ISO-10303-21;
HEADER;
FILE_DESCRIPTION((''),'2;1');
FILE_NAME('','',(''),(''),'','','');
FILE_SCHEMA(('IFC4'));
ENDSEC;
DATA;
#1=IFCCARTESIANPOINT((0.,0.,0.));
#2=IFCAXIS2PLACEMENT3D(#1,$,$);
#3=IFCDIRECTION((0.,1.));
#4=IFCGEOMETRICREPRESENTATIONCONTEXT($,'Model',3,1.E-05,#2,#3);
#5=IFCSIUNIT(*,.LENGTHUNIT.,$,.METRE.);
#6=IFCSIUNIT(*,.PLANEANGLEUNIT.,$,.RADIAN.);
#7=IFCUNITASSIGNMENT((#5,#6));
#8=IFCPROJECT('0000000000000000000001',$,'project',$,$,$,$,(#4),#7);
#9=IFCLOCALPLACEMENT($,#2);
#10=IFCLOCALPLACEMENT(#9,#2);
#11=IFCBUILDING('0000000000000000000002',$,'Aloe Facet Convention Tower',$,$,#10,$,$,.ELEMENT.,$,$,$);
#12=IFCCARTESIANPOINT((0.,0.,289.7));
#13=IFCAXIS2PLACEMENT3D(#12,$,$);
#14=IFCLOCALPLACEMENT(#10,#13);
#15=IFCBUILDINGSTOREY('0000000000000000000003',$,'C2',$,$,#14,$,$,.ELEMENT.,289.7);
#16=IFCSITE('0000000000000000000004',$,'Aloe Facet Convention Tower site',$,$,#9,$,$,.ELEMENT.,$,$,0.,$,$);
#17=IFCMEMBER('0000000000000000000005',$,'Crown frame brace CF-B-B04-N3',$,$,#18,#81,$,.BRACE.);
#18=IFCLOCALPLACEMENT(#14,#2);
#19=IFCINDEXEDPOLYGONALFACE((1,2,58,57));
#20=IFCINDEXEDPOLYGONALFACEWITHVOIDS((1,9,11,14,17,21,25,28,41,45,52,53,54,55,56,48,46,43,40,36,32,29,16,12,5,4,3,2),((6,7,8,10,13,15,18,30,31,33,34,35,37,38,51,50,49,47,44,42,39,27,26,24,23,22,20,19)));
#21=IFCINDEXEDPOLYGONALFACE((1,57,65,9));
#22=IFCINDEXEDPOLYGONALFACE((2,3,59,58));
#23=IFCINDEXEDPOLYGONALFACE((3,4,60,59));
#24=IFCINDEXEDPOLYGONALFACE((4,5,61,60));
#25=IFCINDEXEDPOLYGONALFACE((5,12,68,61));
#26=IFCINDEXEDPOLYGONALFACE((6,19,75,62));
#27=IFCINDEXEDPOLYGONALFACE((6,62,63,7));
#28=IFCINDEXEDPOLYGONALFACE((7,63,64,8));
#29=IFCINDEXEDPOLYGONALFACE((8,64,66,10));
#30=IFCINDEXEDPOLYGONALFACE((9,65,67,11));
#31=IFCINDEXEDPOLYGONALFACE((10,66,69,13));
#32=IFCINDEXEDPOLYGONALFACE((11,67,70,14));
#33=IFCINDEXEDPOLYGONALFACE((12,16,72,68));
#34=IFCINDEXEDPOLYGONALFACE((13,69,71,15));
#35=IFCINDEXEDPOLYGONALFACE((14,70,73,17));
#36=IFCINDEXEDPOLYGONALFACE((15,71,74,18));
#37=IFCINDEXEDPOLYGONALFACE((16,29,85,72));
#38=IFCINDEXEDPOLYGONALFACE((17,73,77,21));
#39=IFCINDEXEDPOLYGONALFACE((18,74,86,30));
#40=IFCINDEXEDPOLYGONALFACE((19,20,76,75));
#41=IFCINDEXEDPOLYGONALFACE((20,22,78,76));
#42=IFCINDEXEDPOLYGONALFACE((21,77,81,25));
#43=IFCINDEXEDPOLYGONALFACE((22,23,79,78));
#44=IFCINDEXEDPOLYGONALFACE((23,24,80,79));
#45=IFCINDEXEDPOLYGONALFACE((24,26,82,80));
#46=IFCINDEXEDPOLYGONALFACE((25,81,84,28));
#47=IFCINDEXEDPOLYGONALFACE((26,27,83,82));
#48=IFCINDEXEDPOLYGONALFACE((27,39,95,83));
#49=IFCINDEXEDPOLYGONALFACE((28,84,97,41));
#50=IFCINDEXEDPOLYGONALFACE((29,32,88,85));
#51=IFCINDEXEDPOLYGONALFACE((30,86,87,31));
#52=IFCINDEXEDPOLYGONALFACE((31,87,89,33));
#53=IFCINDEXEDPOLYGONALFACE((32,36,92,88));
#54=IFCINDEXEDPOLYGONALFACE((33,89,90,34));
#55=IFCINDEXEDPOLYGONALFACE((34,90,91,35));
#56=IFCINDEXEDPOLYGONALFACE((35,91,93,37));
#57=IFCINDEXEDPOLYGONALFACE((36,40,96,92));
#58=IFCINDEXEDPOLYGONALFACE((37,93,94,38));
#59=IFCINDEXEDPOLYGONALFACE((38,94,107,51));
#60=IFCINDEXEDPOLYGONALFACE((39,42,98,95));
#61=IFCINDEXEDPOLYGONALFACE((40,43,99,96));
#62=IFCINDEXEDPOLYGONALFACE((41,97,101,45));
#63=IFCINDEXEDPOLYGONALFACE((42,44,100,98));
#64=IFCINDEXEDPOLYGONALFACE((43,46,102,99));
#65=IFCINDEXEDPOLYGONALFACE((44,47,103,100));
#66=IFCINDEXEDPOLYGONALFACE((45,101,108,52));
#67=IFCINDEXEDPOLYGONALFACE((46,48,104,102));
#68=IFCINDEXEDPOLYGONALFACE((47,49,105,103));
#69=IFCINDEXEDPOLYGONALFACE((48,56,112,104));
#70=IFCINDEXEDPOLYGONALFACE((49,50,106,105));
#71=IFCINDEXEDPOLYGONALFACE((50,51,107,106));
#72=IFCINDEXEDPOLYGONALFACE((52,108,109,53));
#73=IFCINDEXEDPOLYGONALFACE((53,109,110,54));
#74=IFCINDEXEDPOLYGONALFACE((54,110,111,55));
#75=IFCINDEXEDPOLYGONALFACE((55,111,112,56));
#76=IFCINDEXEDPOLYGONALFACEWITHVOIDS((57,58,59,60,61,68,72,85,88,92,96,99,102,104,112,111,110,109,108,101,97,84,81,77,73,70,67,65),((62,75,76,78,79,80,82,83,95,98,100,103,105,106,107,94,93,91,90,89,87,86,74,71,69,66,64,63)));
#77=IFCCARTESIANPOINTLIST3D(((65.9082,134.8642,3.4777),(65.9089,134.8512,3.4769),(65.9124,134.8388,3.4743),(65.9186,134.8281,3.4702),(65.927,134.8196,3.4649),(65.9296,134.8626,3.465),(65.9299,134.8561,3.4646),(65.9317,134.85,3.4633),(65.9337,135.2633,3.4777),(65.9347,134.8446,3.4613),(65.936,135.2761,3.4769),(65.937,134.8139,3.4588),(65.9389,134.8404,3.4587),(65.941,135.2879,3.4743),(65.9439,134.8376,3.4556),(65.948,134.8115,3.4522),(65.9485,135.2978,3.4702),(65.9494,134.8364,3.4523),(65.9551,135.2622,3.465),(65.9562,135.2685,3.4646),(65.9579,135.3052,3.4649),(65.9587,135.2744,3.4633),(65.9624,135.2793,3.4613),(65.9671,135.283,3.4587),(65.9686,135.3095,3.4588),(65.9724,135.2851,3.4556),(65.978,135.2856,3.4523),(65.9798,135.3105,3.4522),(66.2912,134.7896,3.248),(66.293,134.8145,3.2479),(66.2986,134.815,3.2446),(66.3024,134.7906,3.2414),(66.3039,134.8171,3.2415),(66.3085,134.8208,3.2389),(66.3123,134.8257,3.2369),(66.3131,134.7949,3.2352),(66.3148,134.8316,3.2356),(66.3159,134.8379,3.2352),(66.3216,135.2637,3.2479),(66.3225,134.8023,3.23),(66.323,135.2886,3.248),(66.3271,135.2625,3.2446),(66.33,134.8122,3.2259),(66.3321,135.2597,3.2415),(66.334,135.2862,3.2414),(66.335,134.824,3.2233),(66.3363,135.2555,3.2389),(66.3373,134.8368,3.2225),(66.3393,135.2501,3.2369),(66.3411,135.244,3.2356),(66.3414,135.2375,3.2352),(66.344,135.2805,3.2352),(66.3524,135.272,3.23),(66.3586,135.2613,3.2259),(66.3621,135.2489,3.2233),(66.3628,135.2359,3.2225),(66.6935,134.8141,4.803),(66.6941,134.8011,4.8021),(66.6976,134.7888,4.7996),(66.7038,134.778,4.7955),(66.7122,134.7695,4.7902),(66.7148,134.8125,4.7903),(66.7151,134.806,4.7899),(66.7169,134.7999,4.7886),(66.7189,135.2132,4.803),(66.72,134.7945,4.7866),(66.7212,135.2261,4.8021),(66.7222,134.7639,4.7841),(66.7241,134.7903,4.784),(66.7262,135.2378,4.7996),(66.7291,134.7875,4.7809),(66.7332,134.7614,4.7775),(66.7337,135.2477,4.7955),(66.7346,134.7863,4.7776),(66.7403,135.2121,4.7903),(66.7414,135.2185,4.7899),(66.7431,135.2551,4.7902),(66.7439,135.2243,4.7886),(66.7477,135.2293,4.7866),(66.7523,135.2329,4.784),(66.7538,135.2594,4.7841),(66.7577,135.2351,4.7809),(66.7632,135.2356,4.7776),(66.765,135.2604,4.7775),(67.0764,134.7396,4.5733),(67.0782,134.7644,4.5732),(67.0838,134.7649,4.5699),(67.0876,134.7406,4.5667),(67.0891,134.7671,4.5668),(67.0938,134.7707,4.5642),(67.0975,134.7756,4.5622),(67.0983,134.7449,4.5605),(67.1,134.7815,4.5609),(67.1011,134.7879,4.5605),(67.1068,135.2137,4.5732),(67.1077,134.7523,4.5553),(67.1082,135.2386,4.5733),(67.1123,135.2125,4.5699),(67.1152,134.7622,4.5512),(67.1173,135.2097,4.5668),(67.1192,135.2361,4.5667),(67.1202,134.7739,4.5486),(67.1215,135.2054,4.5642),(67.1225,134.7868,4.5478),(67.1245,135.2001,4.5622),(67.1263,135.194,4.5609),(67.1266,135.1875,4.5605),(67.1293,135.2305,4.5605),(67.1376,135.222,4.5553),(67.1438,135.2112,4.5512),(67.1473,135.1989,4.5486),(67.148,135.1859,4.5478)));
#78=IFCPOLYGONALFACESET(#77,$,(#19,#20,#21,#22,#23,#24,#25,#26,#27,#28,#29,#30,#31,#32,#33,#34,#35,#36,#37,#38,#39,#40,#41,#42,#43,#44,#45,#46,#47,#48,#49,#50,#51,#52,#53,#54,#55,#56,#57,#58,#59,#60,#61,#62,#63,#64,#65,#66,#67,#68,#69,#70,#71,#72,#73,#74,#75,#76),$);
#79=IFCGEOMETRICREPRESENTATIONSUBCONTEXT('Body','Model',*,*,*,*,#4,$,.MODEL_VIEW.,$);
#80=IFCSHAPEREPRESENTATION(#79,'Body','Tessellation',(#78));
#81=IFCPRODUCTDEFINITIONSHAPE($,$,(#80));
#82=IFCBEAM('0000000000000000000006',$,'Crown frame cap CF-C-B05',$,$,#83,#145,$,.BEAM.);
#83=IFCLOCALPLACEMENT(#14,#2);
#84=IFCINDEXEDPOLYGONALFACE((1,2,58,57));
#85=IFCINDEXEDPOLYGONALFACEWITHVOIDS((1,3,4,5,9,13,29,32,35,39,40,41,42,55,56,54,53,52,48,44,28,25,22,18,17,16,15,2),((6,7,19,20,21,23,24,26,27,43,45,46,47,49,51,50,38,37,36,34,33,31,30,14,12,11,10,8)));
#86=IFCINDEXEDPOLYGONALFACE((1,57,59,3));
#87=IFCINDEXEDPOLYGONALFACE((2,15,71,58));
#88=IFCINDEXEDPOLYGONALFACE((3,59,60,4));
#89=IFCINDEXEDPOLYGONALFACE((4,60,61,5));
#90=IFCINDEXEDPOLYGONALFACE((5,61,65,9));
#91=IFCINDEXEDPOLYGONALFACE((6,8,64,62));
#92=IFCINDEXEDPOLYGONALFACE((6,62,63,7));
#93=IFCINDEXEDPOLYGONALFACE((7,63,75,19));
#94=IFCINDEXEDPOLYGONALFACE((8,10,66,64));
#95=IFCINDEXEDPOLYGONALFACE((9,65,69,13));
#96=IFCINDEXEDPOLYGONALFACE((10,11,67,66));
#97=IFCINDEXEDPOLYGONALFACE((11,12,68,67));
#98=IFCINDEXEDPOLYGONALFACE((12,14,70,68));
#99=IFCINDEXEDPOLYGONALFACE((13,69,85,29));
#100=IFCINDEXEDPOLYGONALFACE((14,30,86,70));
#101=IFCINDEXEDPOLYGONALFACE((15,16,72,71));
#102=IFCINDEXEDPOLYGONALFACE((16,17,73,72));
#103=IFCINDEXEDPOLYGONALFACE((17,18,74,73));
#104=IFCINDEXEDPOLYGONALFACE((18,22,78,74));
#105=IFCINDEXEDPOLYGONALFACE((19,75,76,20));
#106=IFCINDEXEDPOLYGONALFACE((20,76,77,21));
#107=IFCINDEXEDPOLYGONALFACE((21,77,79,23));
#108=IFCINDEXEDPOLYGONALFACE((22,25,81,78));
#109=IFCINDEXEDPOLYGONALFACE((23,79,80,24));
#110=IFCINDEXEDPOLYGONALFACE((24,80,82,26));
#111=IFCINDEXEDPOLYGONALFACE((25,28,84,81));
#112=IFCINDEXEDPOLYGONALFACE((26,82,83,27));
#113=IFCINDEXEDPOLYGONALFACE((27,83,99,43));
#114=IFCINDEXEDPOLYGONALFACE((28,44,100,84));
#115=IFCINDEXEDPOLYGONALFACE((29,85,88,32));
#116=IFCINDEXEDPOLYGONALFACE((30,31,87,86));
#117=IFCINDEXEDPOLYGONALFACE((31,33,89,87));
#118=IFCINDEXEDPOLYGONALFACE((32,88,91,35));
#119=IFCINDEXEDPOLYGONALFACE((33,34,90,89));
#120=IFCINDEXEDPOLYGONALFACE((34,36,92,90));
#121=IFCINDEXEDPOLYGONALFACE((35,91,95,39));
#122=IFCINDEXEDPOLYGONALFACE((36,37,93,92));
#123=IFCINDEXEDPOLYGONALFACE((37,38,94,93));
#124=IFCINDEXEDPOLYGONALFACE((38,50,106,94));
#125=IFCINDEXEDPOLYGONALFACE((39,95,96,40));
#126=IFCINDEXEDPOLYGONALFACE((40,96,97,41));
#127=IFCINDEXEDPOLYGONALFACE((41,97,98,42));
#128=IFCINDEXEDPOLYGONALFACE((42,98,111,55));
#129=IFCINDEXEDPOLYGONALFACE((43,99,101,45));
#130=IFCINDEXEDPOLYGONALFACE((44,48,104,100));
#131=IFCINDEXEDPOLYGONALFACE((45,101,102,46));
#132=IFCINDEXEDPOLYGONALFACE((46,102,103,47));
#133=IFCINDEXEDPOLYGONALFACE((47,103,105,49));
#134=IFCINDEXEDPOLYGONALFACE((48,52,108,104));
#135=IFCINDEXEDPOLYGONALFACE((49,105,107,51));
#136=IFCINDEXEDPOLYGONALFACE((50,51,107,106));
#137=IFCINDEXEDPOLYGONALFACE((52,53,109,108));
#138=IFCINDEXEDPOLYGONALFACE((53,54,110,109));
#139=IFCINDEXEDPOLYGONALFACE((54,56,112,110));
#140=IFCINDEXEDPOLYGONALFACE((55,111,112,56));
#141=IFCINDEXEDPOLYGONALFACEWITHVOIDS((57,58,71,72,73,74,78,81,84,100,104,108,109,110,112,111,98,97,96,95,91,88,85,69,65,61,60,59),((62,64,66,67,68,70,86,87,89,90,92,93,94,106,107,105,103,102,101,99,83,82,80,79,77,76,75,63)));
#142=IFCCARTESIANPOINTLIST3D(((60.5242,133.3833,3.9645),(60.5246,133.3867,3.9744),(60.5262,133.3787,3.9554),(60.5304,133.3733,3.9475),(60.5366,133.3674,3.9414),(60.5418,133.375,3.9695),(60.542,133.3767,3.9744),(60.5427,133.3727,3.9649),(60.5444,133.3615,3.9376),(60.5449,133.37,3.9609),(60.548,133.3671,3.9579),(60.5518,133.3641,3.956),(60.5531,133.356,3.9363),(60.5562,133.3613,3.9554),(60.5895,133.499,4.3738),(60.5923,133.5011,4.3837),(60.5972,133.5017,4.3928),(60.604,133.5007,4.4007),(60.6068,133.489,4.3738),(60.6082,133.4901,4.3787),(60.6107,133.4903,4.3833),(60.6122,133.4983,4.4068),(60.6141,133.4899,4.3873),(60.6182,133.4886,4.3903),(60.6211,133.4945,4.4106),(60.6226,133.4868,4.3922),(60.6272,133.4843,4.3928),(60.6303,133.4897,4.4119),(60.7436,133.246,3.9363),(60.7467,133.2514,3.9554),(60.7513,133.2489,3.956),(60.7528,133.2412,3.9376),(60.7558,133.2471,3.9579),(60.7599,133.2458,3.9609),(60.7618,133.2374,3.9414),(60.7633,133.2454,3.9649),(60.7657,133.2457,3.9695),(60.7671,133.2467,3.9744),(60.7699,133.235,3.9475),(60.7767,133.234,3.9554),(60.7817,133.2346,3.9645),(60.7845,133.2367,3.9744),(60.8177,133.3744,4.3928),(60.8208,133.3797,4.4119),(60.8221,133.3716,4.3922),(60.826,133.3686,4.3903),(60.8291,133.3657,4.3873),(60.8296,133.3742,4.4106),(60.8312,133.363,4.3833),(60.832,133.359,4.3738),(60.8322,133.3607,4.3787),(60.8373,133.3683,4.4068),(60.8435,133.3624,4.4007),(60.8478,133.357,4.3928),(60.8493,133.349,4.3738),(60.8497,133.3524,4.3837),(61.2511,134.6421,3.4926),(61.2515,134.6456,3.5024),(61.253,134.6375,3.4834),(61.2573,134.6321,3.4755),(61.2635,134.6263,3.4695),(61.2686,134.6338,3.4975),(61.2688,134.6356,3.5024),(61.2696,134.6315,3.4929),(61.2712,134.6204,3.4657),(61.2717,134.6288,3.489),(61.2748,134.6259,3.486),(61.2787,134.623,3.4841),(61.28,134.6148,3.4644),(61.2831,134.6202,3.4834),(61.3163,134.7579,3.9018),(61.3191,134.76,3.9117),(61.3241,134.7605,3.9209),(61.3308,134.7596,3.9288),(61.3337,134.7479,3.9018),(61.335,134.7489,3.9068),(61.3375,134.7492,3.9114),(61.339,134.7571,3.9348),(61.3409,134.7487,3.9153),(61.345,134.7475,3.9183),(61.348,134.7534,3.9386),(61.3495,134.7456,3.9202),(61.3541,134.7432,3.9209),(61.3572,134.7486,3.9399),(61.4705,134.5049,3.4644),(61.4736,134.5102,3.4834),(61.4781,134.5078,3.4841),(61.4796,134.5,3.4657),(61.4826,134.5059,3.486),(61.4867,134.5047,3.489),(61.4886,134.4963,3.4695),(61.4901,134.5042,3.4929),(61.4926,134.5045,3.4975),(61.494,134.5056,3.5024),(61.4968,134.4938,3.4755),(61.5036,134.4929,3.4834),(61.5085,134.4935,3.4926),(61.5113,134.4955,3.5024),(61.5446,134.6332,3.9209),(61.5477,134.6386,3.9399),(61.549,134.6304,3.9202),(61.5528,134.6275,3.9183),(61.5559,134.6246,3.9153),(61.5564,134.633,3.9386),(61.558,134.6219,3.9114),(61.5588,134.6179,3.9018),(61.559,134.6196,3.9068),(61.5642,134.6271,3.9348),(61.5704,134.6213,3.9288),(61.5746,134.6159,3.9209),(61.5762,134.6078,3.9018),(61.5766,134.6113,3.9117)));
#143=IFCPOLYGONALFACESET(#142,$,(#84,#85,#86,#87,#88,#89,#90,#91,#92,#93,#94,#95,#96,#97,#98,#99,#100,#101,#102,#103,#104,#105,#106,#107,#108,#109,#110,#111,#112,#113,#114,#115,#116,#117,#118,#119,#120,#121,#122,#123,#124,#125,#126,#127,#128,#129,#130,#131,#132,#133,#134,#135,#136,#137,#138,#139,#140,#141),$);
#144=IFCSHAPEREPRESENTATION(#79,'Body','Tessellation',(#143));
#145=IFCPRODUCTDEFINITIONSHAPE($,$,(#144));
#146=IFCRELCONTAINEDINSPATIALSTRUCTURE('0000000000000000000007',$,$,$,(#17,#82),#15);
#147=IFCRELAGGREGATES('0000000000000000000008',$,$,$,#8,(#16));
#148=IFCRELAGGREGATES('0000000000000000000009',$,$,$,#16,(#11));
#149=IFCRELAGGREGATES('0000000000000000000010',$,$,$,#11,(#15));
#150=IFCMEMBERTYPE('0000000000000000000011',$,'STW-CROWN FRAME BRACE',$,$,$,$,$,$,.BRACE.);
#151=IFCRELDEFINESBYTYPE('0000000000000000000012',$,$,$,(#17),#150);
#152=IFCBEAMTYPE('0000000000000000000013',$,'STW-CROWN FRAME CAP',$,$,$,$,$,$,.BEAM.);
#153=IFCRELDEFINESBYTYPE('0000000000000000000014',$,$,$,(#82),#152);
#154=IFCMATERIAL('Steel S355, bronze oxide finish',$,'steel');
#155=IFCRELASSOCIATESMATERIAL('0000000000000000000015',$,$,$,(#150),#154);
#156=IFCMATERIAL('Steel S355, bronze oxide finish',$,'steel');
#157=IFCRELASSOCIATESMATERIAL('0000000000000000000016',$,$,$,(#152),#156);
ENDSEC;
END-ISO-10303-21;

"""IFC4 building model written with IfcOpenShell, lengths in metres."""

from ifc_helpers import new_model, si_unit, direction, frame, origin, origin_2d, place, context, subcontext, project, spatial, hollow_rectangle, extrude, material, material_profile, profile_set, type_object, element, save


model = new_model("IFC4")

# Units and contexts
model_context = context("Model", 3, precision=1e-05, world=origin(), true_north=direction((0.0, 1.0)))
body_context = subcontext(model_context, "Body", "Model", "MODEL_VIEW")
ifc_project = project(units=[si_unit("LENGTHUNIT", "METRE"), si_unit("PLANEANGLEUNIT", "RADIAN")], contexts=[model_context])

# Site, building, storey
site_placement = place(None, origin())
site = spatial("IfcSite", under=ifc_project, at=site_placement, Name="Aloe Facet Convention Tower site", CompositionType="ELEMENT", RefElevation=0.0)
building_placement = place(site_placement, origin())
building = spatial("IfcBuilding", under=site, at=building_placement, Name="Aloe Facet Convention Tower", CompositionType="ELEMENT")
storey_placement = place(building_placement, frame((0.0, 0.0, 289.7)))
storey = spatial("IfcBuildingStorey", under=building, at=storey_placement, Name="C2", CompositionType="ELEMENT", Elevation=289.7)

# Member
ifc_material_1 = material(Name="Steel S355, bronze oxide finish", Category="steel")
ifc_material_profile_1 = material_profile(ifc_material_1, hollow_rectangle(XDim=0.5, YDim=0.5, WallThickness=0.0249, InnerFilletRadius=0.0249, OuterFilletRadius=0.05, at=origin_2d()), Name="SHS 500x500x25")
ifc_profile_set_1 = profile_set([ifc_material_profile_1], Name="Steel S355, bronze oxide finish")
member_type_1 = type_object("IfcMemberType", Name="STW-CROWN FRAME BRACE", PredefinedType="BRACE", material=ifc_profile_set_1)
member_1_placement = place(storey_placement, frame((66.1355, 135.05, 3.3501), z_axis=(0.509464, -0.032475, 0.859879), x_axis=(0.063615, 0.997975, 0.0)))
element("IfcMember", 1, at=member_1_placement, inside=storey, type_object=member_type_1, Name="Crown frame brace CF-B-B04-N3", PredefinedType="BRACE", context=body_context, shape_type="SweptSolid", body=[
    extrude(hollow_rectangle(XDim=0.5, YDim=0.5, WallThickness=0.0249, InnerFilletRadius=0.0249, OuterFilletRadius=0.05, at=origin_2d()), origin(), (0.0, 0.0, 1.0), 1.5413),
])

# Beam
ifc_material_2 = material(Name="Steel S355, bronze oxide finish", Category="steel")
ifc_material_profile_2 = material_profile(ifc_material_2, hollow_rectangle(XDim=0.3, YDim=0.5, WallThickness=0.02, InnerFilletRadius=0.02, OuterFilletRadius=0.04, at=origin_2d()), Name="RHS 500x300x20")
ifc_profile_set_2 = profile_set([ifc_material_profile_2], Name="Steel S355, bronze oxide finish")
beam_type_1 = type_object("IfcBeamType", Name="STW-CROWN FRAME CAP", PredefinedType="BEAM", material=ifc_profile_set_2)
beam_1_placement = place(storey_placement, frame((61.4138, 134.6267, 3.7021), z_axis=(-0.475585, -0.823687, 0.308803), x_axis=(0.866012, -0.500023, 0.0)))
element("IfcBeam", 2, at=beam_1_placement, inside=storey, type_object=beam_type_1, Name="Crown frame cap CF-C-B05", PredefinedType="BEAM", context=body_context, shape_type="SweptSolid", body=[
    extrude(hollow_rectangle(XDim=0.3, YDim=0.5, WallThickness=0.02, InnerFilletRadius=0.02, OuterFilletRadius=0.04, at=origin_2d()), origin(), (0.0, 0.0, 1.0), 1.5283),
])

save(model, "model.ifc")
